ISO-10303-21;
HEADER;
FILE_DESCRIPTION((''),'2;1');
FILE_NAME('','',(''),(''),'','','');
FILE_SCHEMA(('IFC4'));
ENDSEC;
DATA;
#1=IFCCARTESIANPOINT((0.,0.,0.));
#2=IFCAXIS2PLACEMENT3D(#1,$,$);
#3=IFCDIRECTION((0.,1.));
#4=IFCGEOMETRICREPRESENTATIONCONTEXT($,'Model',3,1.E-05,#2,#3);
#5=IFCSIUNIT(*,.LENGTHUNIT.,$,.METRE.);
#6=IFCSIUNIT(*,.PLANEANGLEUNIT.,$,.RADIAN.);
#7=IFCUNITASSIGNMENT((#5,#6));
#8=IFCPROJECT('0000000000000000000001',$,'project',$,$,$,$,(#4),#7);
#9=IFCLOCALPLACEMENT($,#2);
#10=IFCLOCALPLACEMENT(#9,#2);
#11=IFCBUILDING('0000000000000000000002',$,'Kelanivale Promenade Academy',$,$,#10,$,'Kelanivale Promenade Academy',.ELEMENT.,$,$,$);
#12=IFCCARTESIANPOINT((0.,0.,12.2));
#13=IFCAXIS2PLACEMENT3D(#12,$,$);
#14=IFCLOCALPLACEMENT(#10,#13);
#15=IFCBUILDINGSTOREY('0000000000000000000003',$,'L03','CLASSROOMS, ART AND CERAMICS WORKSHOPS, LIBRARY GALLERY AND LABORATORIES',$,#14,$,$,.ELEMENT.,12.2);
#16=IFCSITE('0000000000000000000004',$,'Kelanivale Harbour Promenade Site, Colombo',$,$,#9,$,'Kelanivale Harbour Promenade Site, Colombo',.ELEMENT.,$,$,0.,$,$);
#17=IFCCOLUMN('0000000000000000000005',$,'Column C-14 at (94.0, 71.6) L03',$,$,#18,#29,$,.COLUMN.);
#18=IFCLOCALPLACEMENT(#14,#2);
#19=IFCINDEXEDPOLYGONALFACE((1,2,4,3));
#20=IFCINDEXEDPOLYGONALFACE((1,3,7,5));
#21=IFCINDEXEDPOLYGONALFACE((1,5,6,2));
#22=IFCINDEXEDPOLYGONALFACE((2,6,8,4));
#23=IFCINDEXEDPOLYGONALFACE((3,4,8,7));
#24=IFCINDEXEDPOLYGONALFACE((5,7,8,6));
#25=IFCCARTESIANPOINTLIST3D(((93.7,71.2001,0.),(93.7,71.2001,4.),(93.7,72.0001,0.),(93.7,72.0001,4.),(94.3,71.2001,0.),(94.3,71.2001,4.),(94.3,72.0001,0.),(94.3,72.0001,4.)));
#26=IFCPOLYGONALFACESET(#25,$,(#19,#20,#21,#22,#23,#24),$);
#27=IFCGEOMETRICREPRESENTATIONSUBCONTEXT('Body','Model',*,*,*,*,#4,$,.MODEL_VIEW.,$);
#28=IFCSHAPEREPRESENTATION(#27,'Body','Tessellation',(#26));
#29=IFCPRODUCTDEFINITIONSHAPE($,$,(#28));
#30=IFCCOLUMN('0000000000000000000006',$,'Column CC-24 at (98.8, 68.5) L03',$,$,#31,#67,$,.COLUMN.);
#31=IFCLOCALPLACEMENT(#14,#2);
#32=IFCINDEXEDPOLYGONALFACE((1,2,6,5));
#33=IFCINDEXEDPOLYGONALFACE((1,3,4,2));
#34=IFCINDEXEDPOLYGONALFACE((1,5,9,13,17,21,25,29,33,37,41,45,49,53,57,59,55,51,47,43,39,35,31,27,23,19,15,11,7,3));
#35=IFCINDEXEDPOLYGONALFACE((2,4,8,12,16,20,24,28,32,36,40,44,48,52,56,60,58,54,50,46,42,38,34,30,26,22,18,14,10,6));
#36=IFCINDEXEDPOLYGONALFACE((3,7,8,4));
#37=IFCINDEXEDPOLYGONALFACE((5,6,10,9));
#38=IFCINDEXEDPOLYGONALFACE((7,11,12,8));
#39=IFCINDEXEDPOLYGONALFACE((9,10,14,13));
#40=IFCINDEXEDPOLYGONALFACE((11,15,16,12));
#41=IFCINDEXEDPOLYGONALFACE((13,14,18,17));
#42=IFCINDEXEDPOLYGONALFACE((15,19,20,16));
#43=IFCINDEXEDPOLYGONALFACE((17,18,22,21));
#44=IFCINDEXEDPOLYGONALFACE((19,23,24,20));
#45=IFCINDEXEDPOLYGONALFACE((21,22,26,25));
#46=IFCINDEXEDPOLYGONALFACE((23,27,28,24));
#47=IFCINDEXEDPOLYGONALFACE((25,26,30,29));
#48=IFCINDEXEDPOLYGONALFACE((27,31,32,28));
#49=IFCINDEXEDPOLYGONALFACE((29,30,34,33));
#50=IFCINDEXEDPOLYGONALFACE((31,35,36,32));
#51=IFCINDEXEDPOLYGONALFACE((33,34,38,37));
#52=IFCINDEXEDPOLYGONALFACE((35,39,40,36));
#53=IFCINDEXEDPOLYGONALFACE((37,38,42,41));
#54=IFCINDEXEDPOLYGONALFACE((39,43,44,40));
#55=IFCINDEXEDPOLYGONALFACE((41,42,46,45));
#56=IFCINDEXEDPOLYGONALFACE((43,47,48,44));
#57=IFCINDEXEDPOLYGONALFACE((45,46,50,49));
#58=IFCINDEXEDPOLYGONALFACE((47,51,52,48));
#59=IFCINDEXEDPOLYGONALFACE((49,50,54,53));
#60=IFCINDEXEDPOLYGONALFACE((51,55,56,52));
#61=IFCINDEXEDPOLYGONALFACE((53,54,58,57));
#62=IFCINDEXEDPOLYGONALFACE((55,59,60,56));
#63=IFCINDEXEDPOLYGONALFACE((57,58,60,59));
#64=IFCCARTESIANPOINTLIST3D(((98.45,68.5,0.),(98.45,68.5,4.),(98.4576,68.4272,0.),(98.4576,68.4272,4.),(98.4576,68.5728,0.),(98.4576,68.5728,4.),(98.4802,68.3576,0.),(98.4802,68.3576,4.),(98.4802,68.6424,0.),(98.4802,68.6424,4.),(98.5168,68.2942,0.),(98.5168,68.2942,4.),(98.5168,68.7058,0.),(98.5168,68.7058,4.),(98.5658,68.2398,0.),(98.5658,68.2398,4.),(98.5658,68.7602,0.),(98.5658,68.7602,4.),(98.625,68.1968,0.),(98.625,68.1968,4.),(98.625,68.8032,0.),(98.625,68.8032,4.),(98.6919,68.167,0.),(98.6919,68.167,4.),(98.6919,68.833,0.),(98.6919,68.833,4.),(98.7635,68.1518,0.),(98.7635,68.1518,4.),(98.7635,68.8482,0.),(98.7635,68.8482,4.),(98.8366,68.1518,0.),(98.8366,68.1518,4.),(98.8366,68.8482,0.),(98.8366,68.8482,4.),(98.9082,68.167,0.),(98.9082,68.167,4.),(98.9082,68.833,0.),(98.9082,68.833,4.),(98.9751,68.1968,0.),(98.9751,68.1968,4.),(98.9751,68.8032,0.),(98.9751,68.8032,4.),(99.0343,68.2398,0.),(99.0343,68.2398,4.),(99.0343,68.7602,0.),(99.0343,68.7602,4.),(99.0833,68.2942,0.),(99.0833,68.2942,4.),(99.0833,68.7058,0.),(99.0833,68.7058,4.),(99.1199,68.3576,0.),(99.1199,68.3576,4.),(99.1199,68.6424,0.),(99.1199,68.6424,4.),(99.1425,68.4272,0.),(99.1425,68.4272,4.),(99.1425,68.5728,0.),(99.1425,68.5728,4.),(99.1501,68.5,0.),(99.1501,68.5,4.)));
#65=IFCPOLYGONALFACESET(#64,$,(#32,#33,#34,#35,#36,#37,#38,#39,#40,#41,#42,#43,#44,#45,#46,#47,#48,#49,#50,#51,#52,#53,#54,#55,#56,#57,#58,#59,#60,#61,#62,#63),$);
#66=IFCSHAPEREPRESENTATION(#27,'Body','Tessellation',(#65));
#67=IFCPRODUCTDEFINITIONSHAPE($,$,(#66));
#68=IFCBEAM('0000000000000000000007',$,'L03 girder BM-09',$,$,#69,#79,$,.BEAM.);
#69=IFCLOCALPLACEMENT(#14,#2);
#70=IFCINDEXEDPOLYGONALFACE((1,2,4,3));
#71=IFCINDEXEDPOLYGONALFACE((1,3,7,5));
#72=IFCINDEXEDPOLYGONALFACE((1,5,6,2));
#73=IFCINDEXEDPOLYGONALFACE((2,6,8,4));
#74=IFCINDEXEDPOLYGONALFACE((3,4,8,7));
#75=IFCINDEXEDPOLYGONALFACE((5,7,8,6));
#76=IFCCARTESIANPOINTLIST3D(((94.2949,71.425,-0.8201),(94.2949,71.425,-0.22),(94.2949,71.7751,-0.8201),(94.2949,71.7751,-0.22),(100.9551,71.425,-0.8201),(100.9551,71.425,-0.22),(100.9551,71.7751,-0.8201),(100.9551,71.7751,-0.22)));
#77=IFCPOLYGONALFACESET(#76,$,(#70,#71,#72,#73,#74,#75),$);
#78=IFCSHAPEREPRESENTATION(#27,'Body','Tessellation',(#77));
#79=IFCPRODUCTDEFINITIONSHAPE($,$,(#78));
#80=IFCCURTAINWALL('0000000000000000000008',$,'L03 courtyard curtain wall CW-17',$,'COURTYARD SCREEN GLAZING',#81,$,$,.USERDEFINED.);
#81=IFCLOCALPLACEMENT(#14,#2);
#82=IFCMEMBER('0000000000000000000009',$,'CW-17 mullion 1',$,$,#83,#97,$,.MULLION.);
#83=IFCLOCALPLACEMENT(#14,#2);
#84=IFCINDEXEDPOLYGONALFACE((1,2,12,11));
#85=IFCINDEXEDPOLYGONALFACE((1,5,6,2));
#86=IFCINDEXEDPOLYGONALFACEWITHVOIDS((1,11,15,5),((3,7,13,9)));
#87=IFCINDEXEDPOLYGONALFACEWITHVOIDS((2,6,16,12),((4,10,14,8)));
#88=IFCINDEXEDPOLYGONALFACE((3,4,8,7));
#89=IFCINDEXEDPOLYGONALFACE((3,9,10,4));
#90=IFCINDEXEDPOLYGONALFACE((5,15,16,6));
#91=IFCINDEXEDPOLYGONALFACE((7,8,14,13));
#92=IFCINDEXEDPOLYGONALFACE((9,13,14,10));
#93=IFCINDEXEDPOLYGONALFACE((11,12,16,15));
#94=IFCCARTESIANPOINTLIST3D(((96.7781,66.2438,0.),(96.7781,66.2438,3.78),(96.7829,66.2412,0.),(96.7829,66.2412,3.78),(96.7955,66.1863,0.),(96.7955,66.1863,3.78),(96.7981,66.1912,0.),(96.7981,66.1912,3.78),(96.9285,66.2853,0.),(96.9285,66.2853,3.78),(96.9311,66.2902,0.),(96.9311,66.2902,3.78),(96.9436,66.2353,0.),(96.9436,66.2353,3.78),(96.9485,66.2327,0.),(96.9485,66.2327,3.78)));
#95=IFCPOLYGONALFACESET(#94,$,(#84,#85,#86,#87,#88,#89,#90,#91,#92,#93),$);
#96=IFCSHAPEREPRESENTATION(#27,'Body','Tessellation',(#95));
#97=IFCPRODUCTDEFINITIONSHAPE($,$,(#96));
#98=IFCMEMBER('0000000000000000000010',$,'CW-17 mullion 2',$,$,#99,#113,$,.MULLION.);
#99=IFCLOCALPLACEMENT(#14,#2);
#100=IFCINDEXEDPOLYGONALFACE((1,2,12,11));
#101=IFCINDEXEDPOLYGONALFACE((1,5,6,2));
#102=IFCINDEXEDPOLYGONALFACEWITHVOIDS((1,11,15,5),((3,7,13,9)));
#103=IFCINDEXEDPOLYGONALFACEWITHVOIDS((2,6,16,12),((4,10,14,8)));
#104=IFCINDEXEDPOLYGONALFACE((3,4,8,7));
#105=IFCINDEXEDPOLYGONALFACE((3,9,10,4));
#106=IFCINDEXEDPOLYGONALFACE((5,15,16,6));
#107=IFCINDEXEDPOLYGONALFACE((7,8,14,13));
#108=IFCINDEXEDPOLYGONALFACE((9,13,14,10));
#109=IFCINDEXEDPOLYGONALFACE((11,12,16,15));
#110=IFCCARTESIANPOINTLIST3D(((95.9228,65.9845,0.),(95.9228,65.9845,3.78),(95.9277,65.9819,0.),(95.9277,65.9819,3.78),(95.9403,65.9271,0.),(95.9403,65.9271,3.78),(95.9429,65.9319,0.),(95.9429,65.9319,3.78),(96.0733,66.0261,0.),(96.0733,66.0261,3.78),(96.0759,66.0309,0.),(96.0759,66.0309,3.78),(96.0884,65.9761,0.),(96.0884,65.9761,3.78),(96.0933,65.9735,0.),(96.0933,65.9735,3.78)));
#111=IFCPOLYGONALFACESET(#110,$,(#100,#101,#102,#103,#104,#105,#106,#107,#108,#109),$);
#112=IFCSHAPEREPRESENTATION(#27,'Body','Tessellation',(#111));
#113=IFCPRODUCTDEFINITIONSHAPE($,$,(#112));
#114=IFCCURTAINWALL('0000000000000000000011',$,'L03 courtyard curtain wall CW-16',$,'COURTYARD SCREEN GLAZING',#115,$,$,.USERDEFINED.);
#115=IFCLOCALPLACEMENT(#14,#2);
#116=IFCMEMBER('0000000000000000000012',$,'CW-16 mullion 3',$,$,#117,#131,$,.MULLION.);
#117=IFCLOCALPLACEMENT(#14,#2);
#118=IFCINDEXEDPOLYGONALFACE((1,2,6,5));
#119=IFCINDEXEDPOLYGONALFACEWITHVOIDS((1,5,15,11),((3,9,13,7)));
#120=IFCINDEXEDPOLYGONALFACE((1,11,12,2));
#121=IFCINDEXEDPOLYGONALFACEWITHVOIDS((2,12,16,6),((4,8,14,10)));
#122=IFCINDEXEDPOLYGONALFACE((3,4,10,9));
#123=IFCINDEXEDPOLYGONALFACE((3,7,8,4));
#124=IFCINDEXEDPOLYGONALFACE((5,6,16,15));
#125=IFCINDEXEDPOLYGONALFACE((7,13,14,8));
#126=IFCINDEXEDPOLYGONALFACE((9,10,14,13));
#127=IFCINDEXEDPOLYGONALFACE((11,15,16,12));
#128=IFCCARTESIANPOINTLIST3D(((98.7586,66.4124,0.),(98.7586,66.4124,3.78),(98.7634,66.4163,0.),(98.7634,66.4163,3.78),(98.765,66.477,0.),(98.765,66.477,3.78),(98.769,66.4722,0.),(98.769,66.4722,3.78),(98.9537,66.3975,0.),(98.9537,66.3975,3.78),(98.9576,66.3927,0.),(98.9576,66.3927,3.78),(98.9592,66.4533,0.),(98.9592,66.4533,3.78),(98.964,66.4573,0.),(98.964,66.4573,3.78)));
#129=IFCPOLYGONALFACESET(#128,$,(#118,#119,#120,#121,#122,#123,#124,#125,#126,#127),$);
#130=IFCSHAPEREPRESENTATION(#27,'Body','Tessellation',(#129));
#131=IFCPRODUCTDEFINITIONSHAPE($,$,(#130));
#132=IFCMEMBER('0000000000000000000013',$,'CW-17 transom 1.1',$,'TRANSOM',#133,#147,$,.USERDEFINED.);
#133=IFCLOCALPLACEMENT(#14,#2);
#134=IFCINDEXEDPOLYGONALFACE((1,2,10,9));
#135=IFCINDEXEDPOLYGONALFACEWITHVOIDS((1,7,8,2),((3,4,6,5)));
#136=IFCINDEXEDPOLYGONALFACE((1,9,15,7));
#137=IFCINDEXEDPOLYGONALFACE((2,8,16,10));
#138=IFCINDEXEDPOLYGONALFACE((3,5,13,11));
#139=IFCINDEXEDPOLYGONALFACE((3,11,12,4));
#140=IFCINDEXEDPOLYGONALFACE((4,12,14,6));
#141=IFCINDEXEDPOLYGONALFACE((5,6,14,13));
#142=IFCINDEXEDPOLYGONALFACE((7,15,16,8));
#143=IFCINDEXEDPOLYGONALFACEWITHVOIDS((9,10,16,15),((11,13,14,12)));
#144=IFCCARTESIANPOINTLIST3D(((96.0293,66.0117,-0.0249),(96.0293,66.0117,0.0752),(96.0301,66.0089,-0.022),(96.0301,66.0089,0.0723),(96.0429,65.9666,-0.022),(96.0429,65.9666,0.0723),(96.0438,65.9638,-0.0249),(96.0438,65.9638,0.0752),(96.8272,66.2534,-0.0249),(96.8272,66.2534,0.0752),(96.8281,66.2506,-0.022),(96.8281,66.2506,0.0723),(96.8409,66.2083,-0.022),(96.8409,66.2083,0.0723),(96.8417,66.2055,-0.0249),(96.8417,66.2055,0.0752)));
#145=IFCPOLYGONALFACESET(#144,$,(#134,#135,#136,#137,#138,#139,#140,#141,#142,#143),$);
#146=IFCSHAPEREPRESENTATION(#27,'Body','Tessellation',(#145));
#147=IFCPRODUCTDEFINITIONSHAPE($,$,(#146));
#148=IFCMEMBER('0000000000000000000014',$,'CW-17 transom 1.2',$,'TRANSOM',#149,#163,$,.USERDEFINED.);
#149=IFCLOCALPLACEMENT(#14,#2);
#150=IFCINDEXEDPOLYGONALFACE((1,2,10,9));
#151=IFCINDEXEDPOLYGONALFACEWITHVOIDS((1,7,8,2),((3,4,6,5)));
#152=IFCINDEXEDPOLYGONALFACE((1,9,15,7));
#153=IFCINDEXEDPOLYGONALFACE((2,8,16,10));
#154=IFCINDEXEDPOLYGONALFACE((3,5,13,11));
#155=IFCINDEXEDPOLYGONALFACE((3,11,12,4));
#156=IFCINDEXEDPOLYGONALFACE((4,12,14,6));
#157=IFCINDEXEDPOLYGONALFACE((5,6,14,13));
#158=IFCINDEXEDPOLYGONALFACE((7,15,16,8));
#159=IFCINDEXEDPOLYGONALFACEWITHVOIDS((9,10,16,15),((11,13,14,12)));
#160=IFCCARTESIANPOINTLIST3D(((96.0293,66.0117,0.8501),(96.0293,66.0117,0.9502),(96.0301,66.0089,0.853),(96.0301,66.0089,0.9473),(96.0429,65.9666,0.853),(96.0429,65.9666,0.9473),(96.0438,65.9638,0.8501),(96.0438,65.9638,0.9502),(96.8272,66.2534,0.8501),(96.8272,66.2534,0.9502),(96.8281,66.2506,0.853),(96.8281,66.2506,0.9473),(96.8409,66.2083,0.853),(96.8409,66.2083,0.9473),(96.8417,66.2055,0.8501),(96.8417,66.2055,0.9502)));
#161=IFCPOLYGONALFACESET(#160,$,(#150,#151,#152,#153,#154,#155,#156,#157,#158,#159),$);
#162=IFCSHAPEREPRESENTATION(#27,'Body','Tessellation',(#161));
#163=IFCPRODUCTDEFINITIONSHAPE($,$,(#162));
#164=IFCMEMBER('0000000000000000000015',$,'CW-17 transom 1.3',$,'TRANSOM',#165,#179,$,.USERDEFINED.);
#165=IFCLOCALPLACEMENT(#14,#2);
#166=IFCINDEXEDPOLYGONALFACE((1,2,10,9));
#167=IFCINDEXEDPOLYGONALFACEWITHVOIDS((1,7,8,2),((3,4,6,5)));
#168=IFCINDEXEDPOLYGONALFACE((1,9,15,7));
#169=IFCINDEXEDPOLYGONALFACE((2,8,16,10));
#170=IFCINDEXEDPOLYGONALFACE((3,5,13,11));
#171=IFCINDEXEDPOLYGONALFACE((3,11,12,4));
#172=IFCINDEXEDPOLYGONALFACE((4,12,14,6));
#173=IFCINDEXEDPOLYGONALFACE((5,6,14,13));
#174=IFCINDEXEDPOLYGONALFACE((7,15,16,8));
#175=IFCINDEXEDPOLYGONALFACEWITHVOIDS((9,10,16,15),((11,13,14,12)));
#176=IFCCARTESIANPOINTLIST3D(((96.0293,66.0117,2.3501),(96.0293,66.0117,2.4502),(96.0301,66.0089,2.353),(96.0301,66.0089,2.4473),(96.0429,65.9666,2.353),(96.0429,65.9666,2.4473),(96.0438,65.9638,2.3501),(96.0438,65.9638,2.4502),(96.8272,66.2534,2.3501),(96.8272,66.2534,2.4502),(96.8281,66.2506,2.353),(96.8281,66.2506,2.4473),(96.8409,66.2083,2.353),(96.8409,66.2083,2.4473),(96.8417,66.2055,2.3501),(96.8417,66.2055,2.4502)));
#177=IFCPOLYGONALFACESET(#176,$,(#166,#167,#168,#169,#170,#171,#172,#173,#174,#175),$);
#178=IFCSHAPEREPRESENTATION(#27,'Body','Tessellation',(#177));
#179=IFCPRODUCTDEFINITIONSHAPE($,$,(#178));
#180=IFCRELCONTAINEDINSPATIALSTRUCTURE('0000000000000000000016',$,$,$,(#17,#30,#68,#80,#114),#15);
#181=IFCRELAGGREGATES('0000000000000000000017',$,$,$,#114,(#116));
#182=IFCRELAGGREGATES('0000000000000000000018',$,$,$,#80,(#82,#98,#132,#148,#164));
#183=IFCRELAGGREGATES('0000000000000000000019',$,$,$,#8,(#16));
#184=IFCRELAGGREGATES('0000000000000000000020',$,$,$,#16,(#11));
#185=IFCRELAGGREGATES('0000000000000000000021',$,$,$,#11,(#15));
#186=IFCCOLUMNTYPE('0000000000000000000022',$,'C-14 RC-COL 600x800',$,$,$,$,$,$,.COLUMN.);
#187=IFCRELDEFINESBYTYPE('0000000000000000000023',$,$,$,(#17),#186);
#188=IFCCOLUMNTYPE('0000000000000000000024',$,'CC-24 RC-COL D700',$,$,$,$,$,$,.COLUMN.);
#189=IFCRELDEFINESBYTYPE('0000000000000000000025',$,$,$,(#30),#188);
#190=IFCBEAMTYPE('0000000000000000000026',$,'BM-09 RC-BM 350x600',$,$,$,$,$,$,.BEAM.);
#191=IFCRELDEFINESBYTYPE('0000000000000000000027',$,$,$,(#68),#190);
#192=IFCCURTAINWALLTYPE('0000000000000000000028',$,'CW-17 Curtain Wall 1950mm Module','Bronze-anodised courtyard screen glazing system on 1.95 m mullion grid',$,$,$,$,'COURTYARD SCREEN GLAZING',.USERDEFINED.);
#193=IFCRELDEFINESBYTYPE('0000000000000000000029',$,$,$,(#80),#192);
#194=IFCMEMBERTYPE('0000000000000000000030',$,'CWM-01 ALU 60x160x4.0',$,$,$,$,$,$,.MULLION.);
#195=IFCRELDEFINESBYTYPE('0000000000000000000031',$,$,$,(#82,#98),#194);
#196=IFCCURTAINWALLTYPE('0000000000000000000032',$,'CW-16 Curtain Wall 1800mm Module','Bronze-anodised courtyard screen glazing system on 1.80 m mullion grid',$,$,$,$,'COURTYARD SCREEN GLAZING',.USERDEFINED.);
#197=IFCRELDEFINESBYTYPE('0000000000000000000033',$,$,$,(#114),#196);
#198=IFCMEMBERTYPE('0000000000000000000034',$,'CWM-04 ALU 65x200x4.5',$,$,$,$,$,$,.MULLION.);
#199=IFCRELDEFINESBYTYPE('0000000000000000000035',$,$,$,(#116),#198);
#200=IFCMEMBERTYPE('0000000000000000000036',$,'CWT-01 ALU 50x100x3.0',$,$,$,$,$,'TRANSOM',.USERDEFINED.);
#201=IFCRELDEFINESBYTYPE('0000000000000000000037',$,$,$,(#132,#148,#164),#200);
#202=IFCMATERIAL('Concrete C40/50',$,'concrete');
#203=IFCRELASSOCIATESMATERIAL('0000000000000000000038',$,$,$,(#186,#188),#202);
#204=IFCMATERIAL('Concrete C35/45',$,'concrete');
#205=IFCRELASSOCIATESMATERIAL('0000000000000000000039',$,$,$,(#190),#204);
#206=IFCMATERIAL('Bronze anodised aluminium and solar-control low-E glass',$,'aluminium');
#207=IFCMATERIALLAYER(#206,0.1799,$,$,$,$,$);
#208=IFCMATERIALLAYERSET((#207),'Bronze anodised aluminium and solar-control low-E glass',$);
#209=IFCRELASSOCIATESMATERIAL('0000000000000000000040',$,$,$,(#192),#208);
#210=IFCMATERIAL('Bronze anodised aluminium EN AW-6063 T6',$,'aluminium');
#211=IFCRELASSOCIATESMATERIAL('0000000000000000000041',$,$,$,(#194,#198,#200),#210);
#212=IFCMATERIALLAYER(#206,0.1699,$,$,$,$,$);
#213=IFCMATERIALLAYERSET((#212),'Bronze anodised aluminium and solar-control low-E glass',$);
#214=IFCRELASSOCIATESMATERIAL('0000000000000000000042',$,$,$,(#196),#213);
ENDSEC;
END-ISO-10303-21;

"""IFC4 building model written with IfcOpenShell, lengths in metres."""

from ifc_helpers import new_model, si_unit, direction, frame, origin, origin_2d, place, context, subcontext, project, spatial, rectangle, hollow_rectangle, circle, extrude, material, layer, layer_set, material_profile, profile_set, type_object, element, aggregate, save


model = new_model("IFC4")

# Units and contexts
model_context = context("Model", 3, precision=1e-05, world=origin(), true_north=direction((0.0, 1.0)))
body_context = subcontext(model_context, "Body", "Model", "MODEL_VIEW")
ifc_project = project(units=[si_unit("LENGTHUNIT", "METRE"), si_unit("PLANEANGLEUNIT", "RADIAN")], contexts=[model_context])

# Site, building, storey
site_placement = place(None, origin())
site = spatial("IfcSite", under=ifc_project, at=site_placement, Name="Kelanivale Harbour Promenade Site, Colombo", LongName="Kelanivale Harbour Promenade Site, Colombo", CompositionType="ELEMENT", RefElevation=0.0)
building_placement = place(site_placement, origin())
building = spatial("IfcBuilding", under=site, at=building_placement, Name="Kelanivale Promenade Academy", LongName="Kelanivale Promenade Academy", CompositionType="ELEMENT")
storey_placement = place(building_placement, frame((0.0, 0.0, 12.2)))
storey = spatial("IfcBuildingStorey", under=building, at=storey_placement, Name="L03", Description="CLASSROOMS, ART AND CERAMICS WORKSHOPS, LIBRARY GALLERY AND LABORATORIES", CompositionType="ELEMENT", Elevation=12.2)

# Columns
ifc_material_1 = material(Name="Concrete C40/50", Category="concrete")
ifc_material_profile_1 = material_profile(ifc_material_1, rectangle(XDim=0.6001, YDim=0.8, at=origin_2d()), Name="RC-COL 600x800")
ifc_profile_set_1 = profile_set([ifc_material_profile_1], Name="Concrete C40/50")
column_type_1 = type_object("IfcColumnType", Name="C-14 RC-COL 600x800", PredefinedType="COLUMN", material=ifc_profile_set_1)
column_1_placement = place(storey_placement, frame((94.0, 71.6001, 0.0), z_axis=(0.0, 0.0, 1.0), x_axis=(1.0, 0.0, 0.0)))
element("IfcColumn", 1, at=column_1_placement, inside=storey, type_object=column_type_1, Name="Column C-14 at (94.0, 71.6) L03", PredefinedType="COLUMN", context=body_context, shape_type="SweptSolid", body=[
    extrude(rectangle(XDim=0.6001, YDim=0.8, at=origin_2d()), origin(), (0.0, 0.0, 1.0), 4.0),
])
ifc_material_profile_2 = material_profile(ifc_material_1, circle(Radius=0.3501, at=origin_2d()), Name="RC-COL D700")
ifc_profile_set_2 = profile_set([ifc_material_profile_2], Name="Concrete C40/50")
column_type_2 = type_object("IfcColumnType", Name="CC-24 RC-COL D700", PredefinedType="COLUMN", material=ifc_profile_set_2)
column_2_placement = place(storey_placement, frame((98.8, 68.5, 0.0), z_axis=(0.0, 0.0, 1.0), x_axis=(1.0, 0.0, 0.0)))
element("IfcColumn", 2, at=column_2_placement, inside=storey, type_object=column_type_2, Name="Column CC-24 at (98.8, 68.5) L03", PredefinedType="COLUMN", context=body_context, shape_type="SweptSolid", body=[
    extrude(circle(Radius=0.3501, at=origin_2d()), origin(), (0.0, 0.0, 1.0), 4.0),
])

# Beam
ifc_material_2 = material(Name="Concrete C35/45", Category="concrete")
ifc_material_profile_3 = material_profile(ifc_material_2, rectangle(XDim=0.3501, YDim=0.6001, at=origin_2d()), Name="RC-BM 350x600")
ifc_profile_set_3 = profile_set([ifc_material_profile_3], Name="Concrete C35/45")
beam_type = type_object("IfcBeamType", Name="BM-09 RC-BM 350x600", PredefinedType="BEAM", material=ifc_profile_set_3)
beam_placement = place(storey_placement, frame((94.2949, 71.6001, -0.52), z_axis=(1.0, 0.0, 0.0), x_axis=(0.0, 1.0, 0.0)))
element("IfcBeam", 3, at=beam_placement, inside=storey, type_object=beam_type, Name="L03 girder BM-09", PredefinedType="BEAM", context=body_context, shape_type="SweptSolid", body=[
    extrude(rectangle(XDim=0.3501, YDim=0.6001, at=origin_2d()), origin(), (0.0, 0.0, 1.0), 6.6602),
])

# Curtain wall, members
ifc_material_3 = material(Name="Bronze anodised aluminium and solar-control low-E glass", Category="aluminium")
ifc_layer_1 = layer(ifc_material_3, 0.1799)
ifc_layer_set_1 = layer_set([ifc_layer_1], Name="Bronze anodised aluminium and solar-control low-E glass")
curtain_wall_type_1 = type_object("IfcCurtainWallType", Name="CW-17 Curtain Wall 1950mm Module", Description="Bronze-anodised courtyard screen glazing system on 1.95 m mullion grid", ElementType="COURTYARD SCREEN GLAZING", PredefinedType="USERDEFINED", material=ifc_layer_set_1)
curtain_wall_1_placement = place(storey_placement, origin())
curtain_wall_1 = element("IfcCurtainWall", 4, at=curtain_wall_1_placement, inside=storey, type_object=curtain_wall_type_1, Name="L03 courtyard curtain wall CW-17", ObjectType="COURTYARD SCREEN GLAZING", PredefinedType="USERDEFINED")
ifc_material_4 = material(Name="Bronze anodised aluminium EN AW-6063 T6", Category="aluminium")
ifc_material_profile_4 = material_profile(ifc_material_4, hollow_rectangle(XDim=0.0601, YDim=0.1599, WallThickness=0.0039, at=origin_2d()), Name="ALU 60x160x4.0")
ifc_profile_set_4 = profile_set([ifc_material_profile_4], Name="Bronze anodised aluminium EN AW-6063 T6")
member_type_1 = type_object("IfcMemberType", Name="CWM-01 ALU 60x160x4.0", PredefinedType="MULLION", material=ifc_profile_set_4)
member_1_placement = place(storey_placement, frame((96.8633, 66.2383, 0.0), z_axis=(0.0, 0.0, 1.0), x_axis=(0.290128, -0.956988, 0.0)))
member_1 = element("IfcMember", 5, at=member_1_placement, type_object=member_type_1, Name="CW-17 mullion 1", PredefinedType="MULLION", context=body_context, shape_type="SweptSolid", body=[
    extrude(hollow_rectangle(XDim=0.0601, YDim=0.1599, WallThickness=0.0039, at=origin_2d()), origin(), (0.0, 0.0, 1.0), 3.78),
])
member_2_placement = place(storey_placement, frame((96.0081, 65.979, 0.0), z_axis=(0.0, 0.0, 1.0), x_axis=(0.290128, -0.956988, 0.0)))
member_2 = element("IfcMember", 6, at=member_2_placement, type_object=member_type_1, Name="CW-17 mullion 2", PredefinedType="MULLION", context=body_context, shape_type="SweptSolid", body=[
    extrude(hollow_rectangle(XDim=0.0601, YDim=0.1599, WallThickness=0.0039, at=origin_2d()), origin(), (0.0, 0.0, 1.0), 3.78),
])

# Curtain wall, member
ifc_layer_2 = layer(ifc_material_3, 0.1699)
ifc_layer_set_2 = layer_set([ifc_layer_2], Name="Bronze anodised aluminium and solar-control low-E glass")
curtain_wall_type_2 = type_object("IfcCurtainWallType", Name="CW-16 Curtain Wall 1800mm Module", Description="Bronze-anodised courtyard screen glazing system on 1.80 m mullion grid", ElementType="COURTYARD SCREEN GLAZING", PredefinedType="USERDEFINED", material=ifc_layer_set_2)
curtain_wall_2_placement = place(storey_placement, origin())
curtain_wall_2 = element("IfcCurtainWall", 7, at=curtain_wall_2_placement, inside=storey, type_object=curtain_wall_type_2, Name="L03 courtyard curtain wall CW-16", ObjectType="COURTYARD SCREEN GLAZING", PredefinedType="USERDEFINED")
ifc_material_profile_5 = material_profile(ifc_material_4, hollow_rectangle(XDim=0.0649, YDim=0.2, WallThickness=0.0044, at=origin_2d()), Name="ALU 65x200x4.5")
ifc_profile_set_5 = profile_set([ifc_material_profile_5], Name="Bronze anodised aluminium EN AW-6063 T6")
member_type_2 = type_object("IfcMemberType", Name="CWM-04 ALU 65x200x4.5", PredefinedType="MULLION", material=ifc_profile_set_5)
member_3_placement = place(storey_placement, frame((98.8613, 66.4348, 0.0), z_axis=(0.0, 0.0, 1.0), x_axis=(-0.098539, -0.995133, 0.0)))
member_3 = element("IfcMember", 8, at=member_3_placement, type_object=member_type_2, Name="CW-16 mullion 3", PredefinedType="MULLION", context=body_context, shape_type="SweptSolid", body=[
    extrude(hollow_rectangle(XDim=0.0649, YDim=0.2, WallThickness=0.0044, at=origin_2d()), origin(), (0.0, 0.0, 1.0), 3.78),
])

# Members
ifc_material_profile_6 = material_profile(ifc_material_4, hollow_rectangle(XDim=0.05, YDim=0.1001, WallThickness=0.0029, at=origin_2d()), Name="ALU 50x100x3.0")
ifc_profile_set_6 = profile_set([ifc_material_profile_6], Name="Bronze anodised aluminium EN AW-6063 T6")
member_type_3 = type_object("IfcMemberType", Name="CWT-01 ALU 50x100x3.0", ElementType="TRANSOM", PredefinedType="USERDEFINED", material=ifc_profile_set_6)
member_4_placement = place(storey_placement, frame((96.8345, 66.2295, 0.0251), z_axis=(-0.957049, -0.289926, 0.0), x_axis=(0.289926, -0.957049, 0.0)))
member_4 = element("IfcMember", 9, at=member_4_placement, type_object=member_type_3, Name="CW-17 transom 1.1", ObjectType="TRANSOM", PredefinedType="USERDEFINED", context=body_context, shape_type="SweptSolid", body=[
    extrude(hollow_rectangle(XDim=0.05, YDim=0.1001, WallThickness=0.0029, at=origin_2d()), origin(), (0.0, 0.0, 1.0), 0.8337),
])
member_5_placement = place(storey_placement, frame((96.8345, 66.2295, 0.9001), z_axis=(-0.957049, -0.289926, 0.0), x_axis=(0.289926, -0.957049, 0.0)))
member_5 = element("IfcMember", 10, at=member_5_placement, type_object=member_type_3, Name="CW-17 transom 1.2", ObjectType="TRANSOM", PredefinedType="USERDEFINED", context=body_context, shape_type="SweptSolid", body=[
    extrude(hollow_rectangle(XDim=0.05, YDim=0.1001, WallThickness=0.0029, at=origin_2d()), origin(), (0.0, 0.0, 1.0), 0.8337),
])
member_6_placement = place(storey_placement, frame((96.8345, 66.2295, 2.4001), z_axis=(-0.957049, -0.289926, 0.0), x_axis=(0.289926, -0.957049, 0.0)))
member_6 = element("IfcMember", 11, at=member_6_placement, type_object=member_type_3, Name="CW-17 transom 1.3", ObjectType="TRANSOM", PredefinedType="USERDEFINED", context=body_context, shape_type="SweptSolid", body=[
    extrude(hollow_rectangle(XDim=0.05, YDim=0.1001, WallThickness=0.0029, at=origin_2d()), origin(), (0.0, 0.0, 1.0), 0.8337),
])

aggregate(curtain_wall_2, [member_3])
aggregate(curtain_wall_1, [member_1, member_2, member_4, member_5, member_6])

save(model, "model.ifc")
